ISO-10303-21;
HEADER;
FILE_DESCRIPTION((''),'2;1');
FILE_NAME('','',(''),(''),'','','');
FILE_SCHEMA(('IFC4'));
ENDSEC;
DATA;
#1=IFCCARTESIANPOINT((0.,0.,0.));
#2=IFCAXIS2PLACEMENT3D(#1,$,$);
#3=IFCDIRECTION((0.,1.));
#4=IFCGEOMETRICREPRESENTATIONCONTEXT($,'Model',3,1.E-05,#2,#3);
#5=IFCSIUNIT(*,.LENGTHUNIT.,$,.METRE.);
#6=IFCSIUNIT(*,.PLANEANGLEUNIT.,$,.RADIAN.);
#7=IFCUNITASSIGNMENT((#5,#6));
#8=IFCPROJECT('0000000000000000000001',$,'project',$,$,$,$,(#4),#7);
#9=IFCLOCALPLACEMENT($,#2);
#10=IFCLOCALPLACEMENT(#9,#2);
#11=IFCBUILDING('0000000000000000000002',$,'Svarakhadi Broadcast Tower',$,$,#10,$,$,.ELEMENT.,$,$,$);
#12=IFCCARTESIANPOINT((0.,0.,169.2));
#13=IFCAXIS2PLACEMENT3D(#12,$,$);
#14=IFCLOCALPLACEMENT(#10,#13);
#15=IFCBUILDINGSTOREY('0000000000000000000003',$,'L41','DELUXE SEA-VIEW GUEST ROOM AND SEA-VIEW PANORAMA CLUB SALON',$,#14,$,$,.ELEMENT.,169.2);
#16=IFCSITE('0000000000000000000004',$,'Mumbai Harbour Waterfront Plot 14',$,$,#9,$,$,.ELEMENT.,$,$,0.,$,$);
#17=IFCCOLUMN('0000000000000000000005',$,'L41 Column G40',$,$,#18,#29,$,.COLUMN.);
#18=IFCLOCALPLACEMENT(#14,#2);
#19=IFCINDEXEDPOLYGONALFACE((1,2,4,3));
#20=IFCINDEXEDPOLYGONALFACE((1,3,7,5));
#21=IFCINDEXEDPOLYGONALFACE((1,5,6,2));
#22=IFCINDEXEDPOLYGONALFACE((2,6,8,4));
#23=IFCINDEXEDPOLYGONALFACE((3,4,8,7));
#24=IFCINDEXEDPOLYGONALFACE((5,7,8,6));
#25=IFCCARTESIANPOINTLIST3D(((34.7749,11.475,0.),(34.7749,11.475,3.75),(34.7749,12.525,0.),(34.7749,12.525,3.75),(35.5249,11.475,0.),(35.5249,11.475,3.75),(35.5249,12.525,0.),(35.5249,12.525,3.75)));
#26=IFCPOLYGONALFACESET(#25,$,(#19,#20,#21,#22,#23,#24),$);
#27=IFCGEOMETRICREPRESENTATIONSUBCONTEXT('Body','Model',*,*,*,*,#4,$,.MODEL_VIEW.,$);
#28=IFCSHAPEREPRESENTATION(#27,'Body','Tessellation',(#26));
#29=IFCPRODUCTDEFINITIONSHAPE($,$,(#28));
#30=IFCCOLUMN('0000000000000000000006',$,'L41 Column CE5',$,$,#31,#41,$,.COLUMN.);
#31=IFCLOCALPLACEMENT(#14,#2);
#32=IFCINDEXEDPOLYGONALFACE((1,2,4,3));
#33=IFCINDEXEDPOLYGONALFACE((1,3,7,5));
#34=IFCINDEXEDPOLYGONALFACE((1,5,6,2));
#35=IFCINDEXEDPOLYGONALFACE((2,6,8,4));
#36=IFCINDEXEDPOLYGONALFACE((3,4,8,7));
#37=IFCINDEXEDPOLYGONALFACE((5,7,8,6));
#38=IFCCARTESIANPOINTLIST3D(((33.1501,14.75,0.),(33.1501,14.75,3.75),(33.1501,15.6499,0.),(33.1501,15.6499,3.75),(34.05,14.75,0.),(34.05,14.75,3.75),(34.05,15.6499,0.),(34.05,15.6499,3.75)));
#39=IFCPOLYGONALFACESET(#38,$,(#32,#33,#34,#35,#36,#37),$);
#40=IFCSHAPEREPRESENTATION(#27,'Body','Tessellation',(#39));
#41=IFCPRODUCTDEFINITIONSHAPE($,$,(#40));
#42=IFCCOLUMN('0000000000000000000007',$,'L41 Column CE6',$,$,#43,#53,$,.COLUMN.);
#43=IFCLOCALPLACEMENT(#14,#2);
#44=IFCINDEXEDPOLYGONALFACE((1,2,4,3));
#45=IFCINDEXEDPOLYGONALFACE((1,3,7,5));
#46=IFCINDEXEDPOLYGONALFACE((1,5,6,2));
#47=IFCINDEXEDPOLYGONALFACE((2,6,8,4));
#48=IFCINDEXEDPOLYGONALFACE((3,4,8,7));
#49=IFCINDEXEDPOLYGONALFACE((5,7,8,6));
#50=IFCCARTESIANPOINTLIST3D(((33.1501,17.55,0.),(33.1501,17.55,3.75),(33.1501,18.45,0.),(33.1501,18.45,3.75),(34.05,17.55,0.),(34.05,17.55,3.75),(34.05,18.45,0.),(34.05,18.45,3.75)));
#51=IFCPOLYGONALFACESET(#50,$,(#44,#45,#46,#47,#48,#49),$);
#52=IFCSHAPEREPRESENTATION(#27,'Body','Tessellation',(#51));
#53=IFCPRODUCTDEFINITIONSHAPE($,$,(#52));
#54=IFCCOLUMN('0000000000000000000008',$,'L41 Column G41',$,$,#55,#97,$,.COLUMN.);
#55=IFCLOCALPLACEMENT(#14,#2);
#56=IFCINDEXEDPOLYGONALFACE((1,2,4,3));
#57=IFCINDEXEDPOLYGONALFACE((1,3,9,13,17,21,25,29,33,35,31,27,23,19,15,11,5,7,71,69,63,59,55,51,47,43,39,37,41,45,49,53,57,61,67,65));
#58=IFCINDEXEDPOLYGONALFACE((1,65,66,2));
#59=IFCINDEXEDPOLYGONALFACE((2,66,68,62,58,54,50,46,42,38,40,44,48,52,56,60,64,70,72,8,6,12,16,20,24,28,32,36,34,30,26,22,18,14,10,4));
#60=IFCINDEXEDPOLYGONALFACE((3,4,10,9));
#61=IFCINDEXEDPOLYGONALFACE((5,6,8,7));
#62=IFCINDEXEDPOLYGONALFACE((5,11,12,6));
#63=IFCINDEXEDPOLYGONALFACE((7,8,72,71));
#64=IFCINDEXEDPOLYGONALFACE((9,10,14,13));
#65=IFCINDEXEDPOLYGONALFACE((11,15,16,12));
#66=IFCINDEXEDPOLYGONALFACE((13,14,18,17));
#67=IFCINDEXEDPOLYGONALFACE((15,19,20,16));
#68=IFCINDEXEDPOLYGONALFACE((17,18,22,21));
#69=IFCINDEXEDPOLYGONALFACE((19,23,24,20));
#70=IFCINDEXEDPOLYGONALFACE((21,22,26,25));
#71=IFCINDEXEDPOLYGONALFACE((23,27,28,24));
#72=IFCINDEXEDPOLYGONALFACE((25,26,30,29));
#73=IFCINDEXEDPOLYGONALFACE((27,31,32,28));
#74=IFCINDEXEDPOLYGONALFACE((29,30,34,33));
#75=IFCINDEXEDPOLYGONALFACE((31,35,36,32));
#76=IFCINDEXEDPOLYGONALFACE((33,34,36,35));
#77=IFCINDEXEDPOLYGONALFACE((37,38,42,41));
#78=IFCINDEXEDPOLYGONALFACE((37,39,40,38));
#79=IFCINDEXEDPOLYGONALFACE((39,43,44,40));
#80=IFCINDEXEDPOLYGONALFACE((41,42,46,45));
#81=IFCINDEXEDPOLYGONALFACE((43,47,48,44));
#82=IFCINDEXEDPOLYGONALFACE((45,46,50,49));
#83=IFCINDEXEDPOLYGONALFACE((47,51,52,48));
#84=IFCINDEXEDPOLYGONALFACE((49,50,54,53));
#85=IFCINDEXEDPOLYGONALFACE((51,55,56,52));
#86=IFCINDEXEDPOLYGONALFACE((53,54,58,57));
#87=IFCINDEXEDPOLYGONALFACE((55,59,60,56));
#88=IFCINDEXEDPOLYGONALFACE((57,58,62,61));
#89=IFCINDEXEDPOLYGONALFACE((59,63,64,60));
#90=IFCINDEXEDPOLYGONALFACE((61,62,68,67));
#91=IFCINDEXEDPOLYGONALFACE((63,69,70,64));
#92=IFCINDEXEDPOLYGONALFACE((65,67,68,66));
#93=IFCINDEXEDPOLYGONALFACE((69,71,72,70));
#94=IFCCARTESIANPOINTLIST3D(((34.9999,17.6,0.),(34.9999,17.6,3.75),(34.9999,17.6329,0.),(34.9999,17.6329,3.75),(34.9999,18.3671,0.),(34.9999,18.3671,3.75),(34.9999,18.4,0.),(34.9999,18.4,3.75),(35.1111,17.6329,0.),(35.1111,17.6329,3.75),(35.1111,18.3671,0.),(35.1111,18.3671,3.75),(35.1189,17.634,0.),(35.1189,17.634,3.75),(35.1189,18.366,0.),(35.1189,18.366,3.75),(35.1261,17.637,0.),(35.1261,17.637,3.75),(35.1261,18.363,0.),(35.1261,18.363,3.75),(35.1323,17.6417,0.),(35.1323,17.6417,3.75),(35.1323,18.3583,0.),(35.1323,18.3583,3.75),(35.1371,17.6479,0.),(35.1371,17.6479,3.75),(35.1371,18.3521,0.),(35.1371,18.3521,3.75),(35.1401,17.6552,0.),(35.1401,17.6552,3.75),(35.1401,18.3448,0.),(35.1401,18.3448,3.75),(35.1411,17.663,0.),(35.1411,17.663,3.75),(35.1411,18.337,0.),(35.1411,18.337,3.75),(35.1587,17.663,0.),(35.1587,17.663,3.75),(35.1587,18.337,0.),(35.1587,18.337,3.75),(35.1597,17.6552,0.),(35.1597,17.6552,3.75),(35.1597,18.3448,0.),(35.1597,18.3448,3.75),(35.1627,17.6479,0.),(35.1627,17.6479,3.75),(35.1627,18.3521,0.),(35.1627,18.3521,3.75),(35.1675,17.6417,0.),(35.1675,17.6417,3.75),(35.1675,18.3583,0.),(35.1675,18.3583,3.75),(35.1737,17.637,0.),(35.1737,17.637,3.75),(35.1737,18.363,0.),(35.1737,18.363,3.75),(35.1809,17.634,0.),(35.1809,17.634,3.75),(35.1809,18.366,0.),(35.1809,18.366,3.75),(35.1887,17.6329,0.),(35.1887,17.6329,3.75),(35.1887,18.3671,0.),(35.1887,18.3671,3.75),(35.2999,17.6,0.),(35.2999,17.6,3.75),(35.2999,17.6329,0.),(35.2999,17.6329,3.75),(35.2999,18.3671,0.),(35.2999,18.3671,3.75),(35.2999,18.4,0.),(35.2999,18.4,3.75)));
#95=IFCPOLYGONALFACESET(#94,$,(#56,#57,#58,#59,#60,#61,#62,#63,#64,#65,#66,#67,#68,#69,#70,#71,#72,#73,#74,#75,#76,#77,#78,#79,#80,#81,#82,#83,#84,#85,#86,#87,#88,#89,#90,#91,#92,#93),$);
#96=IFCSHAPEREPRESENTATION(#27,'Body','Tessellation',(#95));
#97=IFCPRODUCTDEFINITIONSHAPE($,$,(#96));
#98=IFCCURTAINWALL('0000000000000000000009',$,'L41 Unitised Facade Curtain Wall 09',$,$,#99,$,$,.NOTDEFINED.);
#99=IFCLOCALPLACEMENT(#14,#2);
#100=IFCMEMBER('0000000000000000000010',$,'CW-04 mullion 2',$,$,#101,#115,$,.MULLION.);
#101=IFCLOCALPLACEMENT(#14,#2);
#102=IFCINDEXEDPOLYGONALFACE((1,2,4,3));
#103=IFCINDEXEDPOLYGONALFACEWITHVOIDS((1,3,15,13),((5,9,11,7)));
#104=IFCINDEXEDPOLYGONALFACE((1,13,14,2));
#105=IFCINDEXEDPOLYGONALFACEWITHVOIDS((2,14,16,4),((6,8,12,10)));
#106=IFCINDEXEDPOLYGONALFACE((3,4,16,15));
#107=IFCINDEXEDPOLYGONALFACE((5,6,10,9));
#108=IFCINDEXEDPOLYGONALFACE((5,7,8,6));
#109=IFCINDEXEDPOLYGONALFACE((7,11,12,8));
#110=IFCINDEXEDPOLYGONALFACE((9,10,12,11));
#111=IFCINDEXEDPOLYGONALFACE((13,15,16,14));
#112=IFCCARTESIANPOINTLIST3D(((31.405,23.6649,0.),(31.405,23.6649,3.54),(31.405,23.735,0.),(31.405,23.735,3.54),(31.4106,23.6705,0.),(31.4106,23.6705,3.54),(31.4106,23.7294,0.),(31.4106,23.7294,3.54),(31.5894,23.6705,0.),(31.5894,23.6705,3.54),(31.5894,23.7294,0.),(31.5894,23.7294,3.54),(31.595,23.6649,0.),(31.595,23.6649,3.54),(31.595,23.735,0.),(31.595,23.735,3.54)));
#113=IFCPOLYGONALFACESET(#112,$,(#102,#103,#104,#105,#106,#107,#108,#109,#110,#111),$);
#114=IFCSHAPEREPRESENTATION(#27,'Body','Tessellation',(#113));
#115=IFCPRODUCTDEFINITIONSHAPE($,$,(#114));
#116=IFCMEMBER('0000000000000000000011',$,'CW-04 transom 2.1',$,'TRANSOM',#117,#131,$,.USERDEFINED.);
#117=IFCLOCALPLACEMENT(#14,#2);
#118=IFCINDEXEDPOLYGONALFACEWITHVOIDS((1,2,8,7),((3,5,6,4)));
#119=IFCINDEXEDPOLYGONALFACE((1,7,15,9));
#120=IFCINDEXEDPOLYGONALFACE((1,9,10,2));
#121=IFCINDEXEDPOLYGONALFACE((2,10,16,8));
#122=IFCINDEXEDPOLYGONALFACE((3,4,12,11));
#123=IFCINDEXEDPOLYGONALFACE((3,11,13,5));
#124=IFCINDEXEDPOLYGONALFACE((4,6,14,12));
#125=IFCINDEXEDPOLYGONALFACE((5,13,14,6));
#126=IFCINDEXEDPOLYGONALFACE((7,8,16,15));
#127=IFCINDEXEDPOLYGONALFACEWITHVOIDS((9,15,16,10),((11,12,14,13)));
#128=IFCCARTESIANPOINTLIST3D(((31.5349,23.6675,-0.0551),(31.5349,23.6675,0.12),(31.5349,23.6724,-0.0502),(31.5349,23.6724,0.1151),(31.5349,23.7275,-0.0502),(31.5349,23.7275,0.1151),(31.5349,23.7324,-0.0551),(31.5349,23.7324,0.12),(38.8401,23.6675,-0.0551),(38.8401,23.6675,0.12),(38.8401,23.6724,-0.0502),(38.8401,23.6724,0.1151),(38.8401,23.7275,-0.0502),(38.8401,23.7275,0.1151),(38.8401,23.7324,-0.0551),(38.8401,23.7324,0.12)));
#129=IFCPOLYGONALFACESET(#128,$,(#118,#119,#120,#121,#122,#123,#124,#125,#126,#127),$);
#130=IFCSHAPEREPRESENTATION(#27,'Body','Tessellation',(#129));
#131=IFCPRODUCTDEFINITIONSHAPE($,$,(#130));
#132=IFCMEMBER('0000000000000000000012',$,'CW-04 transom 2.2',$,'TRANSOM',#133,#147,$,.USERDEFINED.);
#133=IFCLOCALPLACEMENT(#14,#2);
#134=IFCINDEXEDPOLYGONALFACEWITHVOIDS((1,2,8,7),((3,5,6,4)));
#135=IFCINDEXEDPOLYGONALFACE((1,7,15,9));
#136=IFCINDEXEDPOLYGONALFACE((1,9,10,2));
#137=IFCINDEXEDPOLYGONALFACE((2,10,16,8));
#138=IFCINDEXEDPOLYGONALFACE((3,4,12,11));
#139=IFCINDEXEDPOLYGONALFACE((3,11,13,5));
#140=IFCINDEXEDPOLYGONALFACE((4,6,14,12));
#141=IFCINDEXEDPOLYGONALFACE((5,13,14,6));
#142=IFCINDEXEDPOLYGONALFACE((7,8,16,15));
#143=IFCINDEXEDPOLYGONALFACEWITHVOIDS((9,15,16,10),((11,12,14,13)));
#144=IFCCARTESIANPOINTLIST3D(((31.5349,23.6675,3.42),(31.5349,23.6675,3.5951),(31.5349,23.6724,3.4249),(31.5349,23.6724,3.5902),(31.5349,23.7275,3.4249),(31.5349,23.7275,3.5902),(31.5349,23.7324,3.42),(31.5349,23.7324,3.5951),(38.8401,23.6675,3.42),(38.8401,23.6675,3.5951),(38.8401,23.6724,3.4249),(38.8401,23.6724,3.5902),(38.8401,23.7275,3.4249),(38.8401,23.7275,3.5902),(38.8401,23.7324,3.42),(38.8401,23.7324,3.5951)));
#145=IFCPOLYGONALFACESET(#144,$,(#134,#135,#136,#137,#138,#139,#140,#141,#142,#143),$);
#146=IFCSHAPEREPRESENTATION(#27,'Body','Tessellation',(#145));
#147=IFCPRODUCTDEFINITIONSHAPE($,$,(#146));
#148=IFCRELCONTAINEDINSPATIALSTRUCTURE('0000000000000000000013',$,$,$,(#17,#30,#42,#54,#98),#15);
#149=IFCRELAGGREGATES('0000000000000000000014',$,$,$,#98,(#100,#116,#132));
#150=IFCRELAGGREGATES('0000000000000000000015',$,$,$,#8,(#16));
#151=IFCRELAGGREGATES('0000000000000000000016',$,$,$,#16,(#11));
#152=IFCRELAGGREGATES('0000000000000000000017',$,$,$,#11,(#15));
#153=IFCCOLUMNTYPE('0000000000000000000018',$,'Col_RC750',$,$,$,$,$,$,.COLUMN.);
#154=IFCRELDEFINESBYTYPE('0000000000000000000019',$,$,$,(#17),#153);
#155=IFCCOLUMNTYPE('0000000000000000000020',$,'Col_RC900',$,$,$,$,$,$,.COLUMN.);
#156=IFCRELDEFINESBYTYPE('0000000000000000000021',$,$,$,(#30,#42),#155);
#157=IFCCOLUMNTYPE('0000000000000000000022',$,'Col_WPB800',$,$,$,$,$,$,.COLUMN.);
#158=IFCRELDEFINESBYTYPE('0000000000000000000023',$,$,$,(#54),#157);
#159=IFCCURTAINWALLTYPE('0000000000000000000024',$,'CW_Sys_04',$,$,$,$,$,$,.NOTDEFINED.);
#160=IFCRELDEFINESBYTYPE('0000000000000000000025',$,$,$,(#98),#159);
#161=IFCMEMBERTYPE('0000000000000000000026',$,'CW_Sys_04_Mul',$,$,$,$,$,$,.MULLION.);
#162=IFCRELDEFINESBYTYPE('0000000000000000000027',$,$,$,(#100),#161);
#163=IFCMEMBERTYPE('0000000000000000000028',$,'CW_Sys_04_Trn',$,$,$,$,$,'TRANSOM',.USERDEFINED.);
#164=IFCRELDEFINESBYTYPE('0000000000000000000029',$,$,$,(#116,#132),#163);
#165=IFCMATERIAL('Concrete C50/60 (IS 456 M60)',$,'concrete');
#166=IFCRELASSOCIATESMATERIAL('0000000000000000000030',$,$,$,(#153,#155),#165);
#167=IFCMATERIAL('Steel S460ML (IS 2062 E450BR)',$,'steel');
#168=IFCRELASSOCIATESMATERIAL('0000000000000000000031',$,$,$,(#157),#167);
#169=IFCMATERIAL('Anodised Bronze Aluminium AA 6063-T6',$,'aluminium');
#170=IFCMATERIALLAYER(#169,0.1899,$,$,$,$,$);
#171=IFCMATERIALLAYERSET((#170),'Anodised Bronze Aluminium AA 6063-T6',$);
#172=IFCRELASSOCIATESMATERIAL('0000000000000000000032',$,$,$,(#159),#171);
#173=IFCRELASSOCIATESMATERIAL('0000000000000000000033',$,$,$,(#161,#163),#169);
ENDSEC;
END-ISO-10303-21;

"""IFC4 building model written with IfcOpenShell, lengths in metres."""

from ifc_helpers import new_model, si_unit, direction, frame, origin, origin_2d, place, context, subcontext, project, spatial, rectangle, hollow_rectangle, i_section, extrude, material, layer, layer_set, material_profile, profile_set, type_object, element, aggregate, save


model = new_model("IFC4")

# Units and contexts
model_context = context("Model", 3, precision=1e-05, world=origin(), true_north=direction((0.0, 1.0)))
body_context = subcontext(model_context, "Body", "Model", "MODEL_VIEW")
ifc_project = project(units=[si_unit("LENGTHUNIT", "METRE"), si_unit("PLANEANGLEUNIT", "RADIAN")], contexts=[model_context])

# Site, building, storey
site_placement = place(None, origin())
site = spatial("IfcSite", under=ifc_project, at=site_placement, Name="Mumbai Harbour Waterfront Plot 14", CompositionType="ELEMENT", RefElevation=0.0)
building_placement = place(site_placement, origin())
building = spatial("IfcBuilding", under=site, at=building_placement, Name="Svarakhadi Broadcast Tower", CompositionType="ELEMENT")
storey_placement = place(building_placement, frame((0.0, 0.0, 169.2)))
storey = spatial("IfcBuildingStorey", under=building, at=storey_placement, Name="L41", Description="DELUXE SEA-VIEW GUEST ROOM AND SEA-VIEW PANORAMA CLUB SALON", CompositionType="ELEMENT", Elevation=169.2)

# Columns
ifc_material_1 = material(Name="Concrete C50/60 (IS 456 M60)", Category="concrete")
ifc_material_profile_1 = material_profile(ifc_material_1, rectangle(XDim=0.75, YDim=1.05, at=origin_2d()), Name="RC 750x1050")
ifc_profile_set_1 = profile_set([ifc_material_profile_1], Name="Concrete C50/60 (IS 456 M60)")
column_type_1 = type_object("IfcColumnType", Name="Col_RC750", PredefinedType="COLUMN", material=ifc_profile_set_1)
column_1_placement = place(storey_placement, frame((35.1499, 12.0, 0.0), z_axis=(0.0, 0.0, 1.0), x_axis=(1.0, 0.0, 0.0)))
element("IfcColumn", 1, at=column_1_placement, inside=storey, type_object=column_type_1, Name="L41 Column G40", PredefinedType="COLUMN", context=body_context, shape_type="SweptSolid", body=[
    extrude(rectangle(XDim=0.75, YDim=1.05, at=origin_2d()), origin(), (0.0, 0.0, 1.0), 3.75),
])
ifc_material_profile_2 = material_profile(ifc_material_1, rectangle(XDim=0.8999, YDim=0.8999, at=origin_2d()), Name="RC 900x900")
ifc_profile_set_2 = profile_set([ifc_material_profile_2], Name="Concrete C50/60 (IS 456 M60)")
column_type_2 = type_object("IfcColumnType", Name="Col_RC900", PredefinedType="COLUMN", material=ifc_profile_set_2)
for number, where, z_axis, x_axis, name in (
    (2, (33.6001, 15.2, 0.0), (0.0, 0.0, 1.0), (1.0, 0.0, 0.0), "L41 Column CE5"),
    (3, (33.6001, 18.0, 0.0), (0.0, 0.0, 1.0), (1.0, 0.0, 0.0), "L41 Column CE6"),
):
    element("IfcColumn", number, at=place(storey_placement, frame(where, z_axis=z_axis, x_axis=x_axis)), inside=storey, type_object=column_type_2, Name=name, PredefinedType="COLUMN", context=body_context, shape_type="SweptSolid", body=[
        extrude(rectangle(XDim=0.8999, YDim=0.8999, at=origin_2d()), origin(), (0.0, 0.0, 1.0), 3.75),
    ])
ifc_material_2 = material(Name="Steel S460ML (IS 2062 E450BR)", Category="steel")
ifc_material_profile_3 = material_profile(ifc_material_2, i_section(OverallWidth=0.3, OverallDepth=0.8, WebThickness=0.0176, FlangeThickness=0.033, FilletRadius=0.03, at=origin_2d()), Name="WPB 800x300x262")
ifc_profile_set_3 = profile_set([ifc_material_profile_3], Name="Steel S460ML (IS 2062 E450BR)")
column_type_3 = type_object("IfcColumnType", Name="Col_WPB800", PredefinedType="COLUMN", material=ifc_profile_set_3)
column_2_placement = place(storey_placement, frame((35.1499, 18.0, 0.0), z_axis=(0.0, 0.0, 1.0), x_axis=(1.0, 0.0, 0.0)))
element("IfcColumn", 4, at=column_2_placement, inside=storey, type_object=column_type_3, Name="L41 Column G41", PredefinedType="COLUMN", context=body_context, shape_type="SweptSolid", body=[
    extrude(i_section(OverallWidth=0.3, OverallDepth=0.8, WebThickness=0.0176, FlangeThickness=0.033, FilletRadius=0.03, at=origin_2d()), origin(), (0.0, 0.0, 1.0), 3.75),
])

# Curtain wall, members
ifc_material_3 = material(Name="Anodised Bronze Aluminium AA 6063-T6", Category="aluminium")
ifc_layer_1 = layer(ifc_material_3, 0.1899)
ifc_layer_set_1 = layer_set([ifc_layer_1], Name="Anodised Bronze Aluminium AA 6063-T6")
curtain_wall_type = type_object("IfcCurtainWallType", Name="CW_Sys_04", PredefinedType="NOTDEFINED", material=ifc_layer_set_1)
curtain_wall_placement = place(storey_placement, origin())
curtain_wall = element("IfcCurtainWall", 5, at=curtain_wall_placement, inside=storey, type_object=curtain_wall_type, Name="L41 Unitised Facade Curtain Wall 09", PredefinedType="NOTDEFINED")
ifc_material_profile_4 = material_profile(ifc_material_3, hollow_rectangle(XDim=0.0701, YDim=0.1899, WallThickness=0.0056, at=origin_2d()), Name="ALU MULLION 190x70x6")
ifc_profile_set_4 = profile_set([ifc_material_profile_4], Name="Anodised Bronze Aluminium AA 6063-T6")
member_type_1 = type_object("IfcMemberType", Name="CW_Sys_04_Mul", PredefinedType="MULLION", material=ifc_profile_set_4)
member_1_placement = place(storey_placement, frame((31.5, 23.7, 0.0), z_axis=(0.0, 0.0, 1.0), x_axis=(0.0, 1.0, 0.0)))
member_1 = element("IfcMember", 6, at=member_1_placement, type_object=member_type_1, Name="CW-04 mullion 2", PredefinedType="MULLION", context=body_context, shape_type="SweptSolid", body=[
    extrude(hollow_rectangle(XDim=0.0701, YDim=0.1899, WallThickness=0.0056, at=origin_2d()), origin(), (0.0, 0.0, 1.0), 3.54),
])
ifc_material_profile_5 = material_profile(ifc_material_3, hollow_rectangle(XDim=0.0649, YDim=0.175, WallThickness=0.0049, at=origin_2d()), Name="ALU TRANSOM 175x65x5")
ifc_profile_set_5 = profile_set([ifc_material_profile_5], Name="Anodised Bronze Aluminium AA 6063-T6")
member_type_2 = type_object("IfcMemberType", Name="CW_Sys_04_Trn", ElementType="TRANSOM", PredefinedType="USERDEFINED", material=ifc_profile_set_5)
member_2_placement = place(storey_placement, frame((31.5349, 23.7, 0.0325), z_axis=(1.0, 0.0, 0.0), x_axis=(0.0, 1.0, 0.0)))
member_2 = element("IfcMember", 7, at=member_2_placement, type_object=member_type_2, Name="CW-04 transom 2.1", ObjectType="TRANSOM", PredefinedType="USERDEFINED", context=body_context, shape_type="SweptSolid", body=[
    extrude(hollow_rectangle(XDim=0.0649, YDim=0.175, WallThickness=0.0049, at=origin_2d()), origin(), (0.0, 0.0, 1.0), 7.3052),
])
member_3_placement = place(storey_placement, frame((31.5349, 23.7, 3.5076), z_axis=(1.0, 0.0, 0.0), x_axis=(0.0, 1.0, 0.0)))
member_3 = element("IfcMember", 8, at=member_3_placement, type_object=member_type_2, Name="CW-04 transom 2.2", ObjectType="TRANSOM", PredefinedType="USERDEFINED", context=body_context, shape_type="SweptSolid", body=[
    extrude(hollow_rectangle(XDim=0.0649, YDim=0.175, WallThickness=0.0049, at=origin_2d()), origin(), (0.0, 0.0, 1.0), 7.3052),
])

aggregate(curtain_wall, [member_1, member_2, member_3])

save(model, "model.ifc")
